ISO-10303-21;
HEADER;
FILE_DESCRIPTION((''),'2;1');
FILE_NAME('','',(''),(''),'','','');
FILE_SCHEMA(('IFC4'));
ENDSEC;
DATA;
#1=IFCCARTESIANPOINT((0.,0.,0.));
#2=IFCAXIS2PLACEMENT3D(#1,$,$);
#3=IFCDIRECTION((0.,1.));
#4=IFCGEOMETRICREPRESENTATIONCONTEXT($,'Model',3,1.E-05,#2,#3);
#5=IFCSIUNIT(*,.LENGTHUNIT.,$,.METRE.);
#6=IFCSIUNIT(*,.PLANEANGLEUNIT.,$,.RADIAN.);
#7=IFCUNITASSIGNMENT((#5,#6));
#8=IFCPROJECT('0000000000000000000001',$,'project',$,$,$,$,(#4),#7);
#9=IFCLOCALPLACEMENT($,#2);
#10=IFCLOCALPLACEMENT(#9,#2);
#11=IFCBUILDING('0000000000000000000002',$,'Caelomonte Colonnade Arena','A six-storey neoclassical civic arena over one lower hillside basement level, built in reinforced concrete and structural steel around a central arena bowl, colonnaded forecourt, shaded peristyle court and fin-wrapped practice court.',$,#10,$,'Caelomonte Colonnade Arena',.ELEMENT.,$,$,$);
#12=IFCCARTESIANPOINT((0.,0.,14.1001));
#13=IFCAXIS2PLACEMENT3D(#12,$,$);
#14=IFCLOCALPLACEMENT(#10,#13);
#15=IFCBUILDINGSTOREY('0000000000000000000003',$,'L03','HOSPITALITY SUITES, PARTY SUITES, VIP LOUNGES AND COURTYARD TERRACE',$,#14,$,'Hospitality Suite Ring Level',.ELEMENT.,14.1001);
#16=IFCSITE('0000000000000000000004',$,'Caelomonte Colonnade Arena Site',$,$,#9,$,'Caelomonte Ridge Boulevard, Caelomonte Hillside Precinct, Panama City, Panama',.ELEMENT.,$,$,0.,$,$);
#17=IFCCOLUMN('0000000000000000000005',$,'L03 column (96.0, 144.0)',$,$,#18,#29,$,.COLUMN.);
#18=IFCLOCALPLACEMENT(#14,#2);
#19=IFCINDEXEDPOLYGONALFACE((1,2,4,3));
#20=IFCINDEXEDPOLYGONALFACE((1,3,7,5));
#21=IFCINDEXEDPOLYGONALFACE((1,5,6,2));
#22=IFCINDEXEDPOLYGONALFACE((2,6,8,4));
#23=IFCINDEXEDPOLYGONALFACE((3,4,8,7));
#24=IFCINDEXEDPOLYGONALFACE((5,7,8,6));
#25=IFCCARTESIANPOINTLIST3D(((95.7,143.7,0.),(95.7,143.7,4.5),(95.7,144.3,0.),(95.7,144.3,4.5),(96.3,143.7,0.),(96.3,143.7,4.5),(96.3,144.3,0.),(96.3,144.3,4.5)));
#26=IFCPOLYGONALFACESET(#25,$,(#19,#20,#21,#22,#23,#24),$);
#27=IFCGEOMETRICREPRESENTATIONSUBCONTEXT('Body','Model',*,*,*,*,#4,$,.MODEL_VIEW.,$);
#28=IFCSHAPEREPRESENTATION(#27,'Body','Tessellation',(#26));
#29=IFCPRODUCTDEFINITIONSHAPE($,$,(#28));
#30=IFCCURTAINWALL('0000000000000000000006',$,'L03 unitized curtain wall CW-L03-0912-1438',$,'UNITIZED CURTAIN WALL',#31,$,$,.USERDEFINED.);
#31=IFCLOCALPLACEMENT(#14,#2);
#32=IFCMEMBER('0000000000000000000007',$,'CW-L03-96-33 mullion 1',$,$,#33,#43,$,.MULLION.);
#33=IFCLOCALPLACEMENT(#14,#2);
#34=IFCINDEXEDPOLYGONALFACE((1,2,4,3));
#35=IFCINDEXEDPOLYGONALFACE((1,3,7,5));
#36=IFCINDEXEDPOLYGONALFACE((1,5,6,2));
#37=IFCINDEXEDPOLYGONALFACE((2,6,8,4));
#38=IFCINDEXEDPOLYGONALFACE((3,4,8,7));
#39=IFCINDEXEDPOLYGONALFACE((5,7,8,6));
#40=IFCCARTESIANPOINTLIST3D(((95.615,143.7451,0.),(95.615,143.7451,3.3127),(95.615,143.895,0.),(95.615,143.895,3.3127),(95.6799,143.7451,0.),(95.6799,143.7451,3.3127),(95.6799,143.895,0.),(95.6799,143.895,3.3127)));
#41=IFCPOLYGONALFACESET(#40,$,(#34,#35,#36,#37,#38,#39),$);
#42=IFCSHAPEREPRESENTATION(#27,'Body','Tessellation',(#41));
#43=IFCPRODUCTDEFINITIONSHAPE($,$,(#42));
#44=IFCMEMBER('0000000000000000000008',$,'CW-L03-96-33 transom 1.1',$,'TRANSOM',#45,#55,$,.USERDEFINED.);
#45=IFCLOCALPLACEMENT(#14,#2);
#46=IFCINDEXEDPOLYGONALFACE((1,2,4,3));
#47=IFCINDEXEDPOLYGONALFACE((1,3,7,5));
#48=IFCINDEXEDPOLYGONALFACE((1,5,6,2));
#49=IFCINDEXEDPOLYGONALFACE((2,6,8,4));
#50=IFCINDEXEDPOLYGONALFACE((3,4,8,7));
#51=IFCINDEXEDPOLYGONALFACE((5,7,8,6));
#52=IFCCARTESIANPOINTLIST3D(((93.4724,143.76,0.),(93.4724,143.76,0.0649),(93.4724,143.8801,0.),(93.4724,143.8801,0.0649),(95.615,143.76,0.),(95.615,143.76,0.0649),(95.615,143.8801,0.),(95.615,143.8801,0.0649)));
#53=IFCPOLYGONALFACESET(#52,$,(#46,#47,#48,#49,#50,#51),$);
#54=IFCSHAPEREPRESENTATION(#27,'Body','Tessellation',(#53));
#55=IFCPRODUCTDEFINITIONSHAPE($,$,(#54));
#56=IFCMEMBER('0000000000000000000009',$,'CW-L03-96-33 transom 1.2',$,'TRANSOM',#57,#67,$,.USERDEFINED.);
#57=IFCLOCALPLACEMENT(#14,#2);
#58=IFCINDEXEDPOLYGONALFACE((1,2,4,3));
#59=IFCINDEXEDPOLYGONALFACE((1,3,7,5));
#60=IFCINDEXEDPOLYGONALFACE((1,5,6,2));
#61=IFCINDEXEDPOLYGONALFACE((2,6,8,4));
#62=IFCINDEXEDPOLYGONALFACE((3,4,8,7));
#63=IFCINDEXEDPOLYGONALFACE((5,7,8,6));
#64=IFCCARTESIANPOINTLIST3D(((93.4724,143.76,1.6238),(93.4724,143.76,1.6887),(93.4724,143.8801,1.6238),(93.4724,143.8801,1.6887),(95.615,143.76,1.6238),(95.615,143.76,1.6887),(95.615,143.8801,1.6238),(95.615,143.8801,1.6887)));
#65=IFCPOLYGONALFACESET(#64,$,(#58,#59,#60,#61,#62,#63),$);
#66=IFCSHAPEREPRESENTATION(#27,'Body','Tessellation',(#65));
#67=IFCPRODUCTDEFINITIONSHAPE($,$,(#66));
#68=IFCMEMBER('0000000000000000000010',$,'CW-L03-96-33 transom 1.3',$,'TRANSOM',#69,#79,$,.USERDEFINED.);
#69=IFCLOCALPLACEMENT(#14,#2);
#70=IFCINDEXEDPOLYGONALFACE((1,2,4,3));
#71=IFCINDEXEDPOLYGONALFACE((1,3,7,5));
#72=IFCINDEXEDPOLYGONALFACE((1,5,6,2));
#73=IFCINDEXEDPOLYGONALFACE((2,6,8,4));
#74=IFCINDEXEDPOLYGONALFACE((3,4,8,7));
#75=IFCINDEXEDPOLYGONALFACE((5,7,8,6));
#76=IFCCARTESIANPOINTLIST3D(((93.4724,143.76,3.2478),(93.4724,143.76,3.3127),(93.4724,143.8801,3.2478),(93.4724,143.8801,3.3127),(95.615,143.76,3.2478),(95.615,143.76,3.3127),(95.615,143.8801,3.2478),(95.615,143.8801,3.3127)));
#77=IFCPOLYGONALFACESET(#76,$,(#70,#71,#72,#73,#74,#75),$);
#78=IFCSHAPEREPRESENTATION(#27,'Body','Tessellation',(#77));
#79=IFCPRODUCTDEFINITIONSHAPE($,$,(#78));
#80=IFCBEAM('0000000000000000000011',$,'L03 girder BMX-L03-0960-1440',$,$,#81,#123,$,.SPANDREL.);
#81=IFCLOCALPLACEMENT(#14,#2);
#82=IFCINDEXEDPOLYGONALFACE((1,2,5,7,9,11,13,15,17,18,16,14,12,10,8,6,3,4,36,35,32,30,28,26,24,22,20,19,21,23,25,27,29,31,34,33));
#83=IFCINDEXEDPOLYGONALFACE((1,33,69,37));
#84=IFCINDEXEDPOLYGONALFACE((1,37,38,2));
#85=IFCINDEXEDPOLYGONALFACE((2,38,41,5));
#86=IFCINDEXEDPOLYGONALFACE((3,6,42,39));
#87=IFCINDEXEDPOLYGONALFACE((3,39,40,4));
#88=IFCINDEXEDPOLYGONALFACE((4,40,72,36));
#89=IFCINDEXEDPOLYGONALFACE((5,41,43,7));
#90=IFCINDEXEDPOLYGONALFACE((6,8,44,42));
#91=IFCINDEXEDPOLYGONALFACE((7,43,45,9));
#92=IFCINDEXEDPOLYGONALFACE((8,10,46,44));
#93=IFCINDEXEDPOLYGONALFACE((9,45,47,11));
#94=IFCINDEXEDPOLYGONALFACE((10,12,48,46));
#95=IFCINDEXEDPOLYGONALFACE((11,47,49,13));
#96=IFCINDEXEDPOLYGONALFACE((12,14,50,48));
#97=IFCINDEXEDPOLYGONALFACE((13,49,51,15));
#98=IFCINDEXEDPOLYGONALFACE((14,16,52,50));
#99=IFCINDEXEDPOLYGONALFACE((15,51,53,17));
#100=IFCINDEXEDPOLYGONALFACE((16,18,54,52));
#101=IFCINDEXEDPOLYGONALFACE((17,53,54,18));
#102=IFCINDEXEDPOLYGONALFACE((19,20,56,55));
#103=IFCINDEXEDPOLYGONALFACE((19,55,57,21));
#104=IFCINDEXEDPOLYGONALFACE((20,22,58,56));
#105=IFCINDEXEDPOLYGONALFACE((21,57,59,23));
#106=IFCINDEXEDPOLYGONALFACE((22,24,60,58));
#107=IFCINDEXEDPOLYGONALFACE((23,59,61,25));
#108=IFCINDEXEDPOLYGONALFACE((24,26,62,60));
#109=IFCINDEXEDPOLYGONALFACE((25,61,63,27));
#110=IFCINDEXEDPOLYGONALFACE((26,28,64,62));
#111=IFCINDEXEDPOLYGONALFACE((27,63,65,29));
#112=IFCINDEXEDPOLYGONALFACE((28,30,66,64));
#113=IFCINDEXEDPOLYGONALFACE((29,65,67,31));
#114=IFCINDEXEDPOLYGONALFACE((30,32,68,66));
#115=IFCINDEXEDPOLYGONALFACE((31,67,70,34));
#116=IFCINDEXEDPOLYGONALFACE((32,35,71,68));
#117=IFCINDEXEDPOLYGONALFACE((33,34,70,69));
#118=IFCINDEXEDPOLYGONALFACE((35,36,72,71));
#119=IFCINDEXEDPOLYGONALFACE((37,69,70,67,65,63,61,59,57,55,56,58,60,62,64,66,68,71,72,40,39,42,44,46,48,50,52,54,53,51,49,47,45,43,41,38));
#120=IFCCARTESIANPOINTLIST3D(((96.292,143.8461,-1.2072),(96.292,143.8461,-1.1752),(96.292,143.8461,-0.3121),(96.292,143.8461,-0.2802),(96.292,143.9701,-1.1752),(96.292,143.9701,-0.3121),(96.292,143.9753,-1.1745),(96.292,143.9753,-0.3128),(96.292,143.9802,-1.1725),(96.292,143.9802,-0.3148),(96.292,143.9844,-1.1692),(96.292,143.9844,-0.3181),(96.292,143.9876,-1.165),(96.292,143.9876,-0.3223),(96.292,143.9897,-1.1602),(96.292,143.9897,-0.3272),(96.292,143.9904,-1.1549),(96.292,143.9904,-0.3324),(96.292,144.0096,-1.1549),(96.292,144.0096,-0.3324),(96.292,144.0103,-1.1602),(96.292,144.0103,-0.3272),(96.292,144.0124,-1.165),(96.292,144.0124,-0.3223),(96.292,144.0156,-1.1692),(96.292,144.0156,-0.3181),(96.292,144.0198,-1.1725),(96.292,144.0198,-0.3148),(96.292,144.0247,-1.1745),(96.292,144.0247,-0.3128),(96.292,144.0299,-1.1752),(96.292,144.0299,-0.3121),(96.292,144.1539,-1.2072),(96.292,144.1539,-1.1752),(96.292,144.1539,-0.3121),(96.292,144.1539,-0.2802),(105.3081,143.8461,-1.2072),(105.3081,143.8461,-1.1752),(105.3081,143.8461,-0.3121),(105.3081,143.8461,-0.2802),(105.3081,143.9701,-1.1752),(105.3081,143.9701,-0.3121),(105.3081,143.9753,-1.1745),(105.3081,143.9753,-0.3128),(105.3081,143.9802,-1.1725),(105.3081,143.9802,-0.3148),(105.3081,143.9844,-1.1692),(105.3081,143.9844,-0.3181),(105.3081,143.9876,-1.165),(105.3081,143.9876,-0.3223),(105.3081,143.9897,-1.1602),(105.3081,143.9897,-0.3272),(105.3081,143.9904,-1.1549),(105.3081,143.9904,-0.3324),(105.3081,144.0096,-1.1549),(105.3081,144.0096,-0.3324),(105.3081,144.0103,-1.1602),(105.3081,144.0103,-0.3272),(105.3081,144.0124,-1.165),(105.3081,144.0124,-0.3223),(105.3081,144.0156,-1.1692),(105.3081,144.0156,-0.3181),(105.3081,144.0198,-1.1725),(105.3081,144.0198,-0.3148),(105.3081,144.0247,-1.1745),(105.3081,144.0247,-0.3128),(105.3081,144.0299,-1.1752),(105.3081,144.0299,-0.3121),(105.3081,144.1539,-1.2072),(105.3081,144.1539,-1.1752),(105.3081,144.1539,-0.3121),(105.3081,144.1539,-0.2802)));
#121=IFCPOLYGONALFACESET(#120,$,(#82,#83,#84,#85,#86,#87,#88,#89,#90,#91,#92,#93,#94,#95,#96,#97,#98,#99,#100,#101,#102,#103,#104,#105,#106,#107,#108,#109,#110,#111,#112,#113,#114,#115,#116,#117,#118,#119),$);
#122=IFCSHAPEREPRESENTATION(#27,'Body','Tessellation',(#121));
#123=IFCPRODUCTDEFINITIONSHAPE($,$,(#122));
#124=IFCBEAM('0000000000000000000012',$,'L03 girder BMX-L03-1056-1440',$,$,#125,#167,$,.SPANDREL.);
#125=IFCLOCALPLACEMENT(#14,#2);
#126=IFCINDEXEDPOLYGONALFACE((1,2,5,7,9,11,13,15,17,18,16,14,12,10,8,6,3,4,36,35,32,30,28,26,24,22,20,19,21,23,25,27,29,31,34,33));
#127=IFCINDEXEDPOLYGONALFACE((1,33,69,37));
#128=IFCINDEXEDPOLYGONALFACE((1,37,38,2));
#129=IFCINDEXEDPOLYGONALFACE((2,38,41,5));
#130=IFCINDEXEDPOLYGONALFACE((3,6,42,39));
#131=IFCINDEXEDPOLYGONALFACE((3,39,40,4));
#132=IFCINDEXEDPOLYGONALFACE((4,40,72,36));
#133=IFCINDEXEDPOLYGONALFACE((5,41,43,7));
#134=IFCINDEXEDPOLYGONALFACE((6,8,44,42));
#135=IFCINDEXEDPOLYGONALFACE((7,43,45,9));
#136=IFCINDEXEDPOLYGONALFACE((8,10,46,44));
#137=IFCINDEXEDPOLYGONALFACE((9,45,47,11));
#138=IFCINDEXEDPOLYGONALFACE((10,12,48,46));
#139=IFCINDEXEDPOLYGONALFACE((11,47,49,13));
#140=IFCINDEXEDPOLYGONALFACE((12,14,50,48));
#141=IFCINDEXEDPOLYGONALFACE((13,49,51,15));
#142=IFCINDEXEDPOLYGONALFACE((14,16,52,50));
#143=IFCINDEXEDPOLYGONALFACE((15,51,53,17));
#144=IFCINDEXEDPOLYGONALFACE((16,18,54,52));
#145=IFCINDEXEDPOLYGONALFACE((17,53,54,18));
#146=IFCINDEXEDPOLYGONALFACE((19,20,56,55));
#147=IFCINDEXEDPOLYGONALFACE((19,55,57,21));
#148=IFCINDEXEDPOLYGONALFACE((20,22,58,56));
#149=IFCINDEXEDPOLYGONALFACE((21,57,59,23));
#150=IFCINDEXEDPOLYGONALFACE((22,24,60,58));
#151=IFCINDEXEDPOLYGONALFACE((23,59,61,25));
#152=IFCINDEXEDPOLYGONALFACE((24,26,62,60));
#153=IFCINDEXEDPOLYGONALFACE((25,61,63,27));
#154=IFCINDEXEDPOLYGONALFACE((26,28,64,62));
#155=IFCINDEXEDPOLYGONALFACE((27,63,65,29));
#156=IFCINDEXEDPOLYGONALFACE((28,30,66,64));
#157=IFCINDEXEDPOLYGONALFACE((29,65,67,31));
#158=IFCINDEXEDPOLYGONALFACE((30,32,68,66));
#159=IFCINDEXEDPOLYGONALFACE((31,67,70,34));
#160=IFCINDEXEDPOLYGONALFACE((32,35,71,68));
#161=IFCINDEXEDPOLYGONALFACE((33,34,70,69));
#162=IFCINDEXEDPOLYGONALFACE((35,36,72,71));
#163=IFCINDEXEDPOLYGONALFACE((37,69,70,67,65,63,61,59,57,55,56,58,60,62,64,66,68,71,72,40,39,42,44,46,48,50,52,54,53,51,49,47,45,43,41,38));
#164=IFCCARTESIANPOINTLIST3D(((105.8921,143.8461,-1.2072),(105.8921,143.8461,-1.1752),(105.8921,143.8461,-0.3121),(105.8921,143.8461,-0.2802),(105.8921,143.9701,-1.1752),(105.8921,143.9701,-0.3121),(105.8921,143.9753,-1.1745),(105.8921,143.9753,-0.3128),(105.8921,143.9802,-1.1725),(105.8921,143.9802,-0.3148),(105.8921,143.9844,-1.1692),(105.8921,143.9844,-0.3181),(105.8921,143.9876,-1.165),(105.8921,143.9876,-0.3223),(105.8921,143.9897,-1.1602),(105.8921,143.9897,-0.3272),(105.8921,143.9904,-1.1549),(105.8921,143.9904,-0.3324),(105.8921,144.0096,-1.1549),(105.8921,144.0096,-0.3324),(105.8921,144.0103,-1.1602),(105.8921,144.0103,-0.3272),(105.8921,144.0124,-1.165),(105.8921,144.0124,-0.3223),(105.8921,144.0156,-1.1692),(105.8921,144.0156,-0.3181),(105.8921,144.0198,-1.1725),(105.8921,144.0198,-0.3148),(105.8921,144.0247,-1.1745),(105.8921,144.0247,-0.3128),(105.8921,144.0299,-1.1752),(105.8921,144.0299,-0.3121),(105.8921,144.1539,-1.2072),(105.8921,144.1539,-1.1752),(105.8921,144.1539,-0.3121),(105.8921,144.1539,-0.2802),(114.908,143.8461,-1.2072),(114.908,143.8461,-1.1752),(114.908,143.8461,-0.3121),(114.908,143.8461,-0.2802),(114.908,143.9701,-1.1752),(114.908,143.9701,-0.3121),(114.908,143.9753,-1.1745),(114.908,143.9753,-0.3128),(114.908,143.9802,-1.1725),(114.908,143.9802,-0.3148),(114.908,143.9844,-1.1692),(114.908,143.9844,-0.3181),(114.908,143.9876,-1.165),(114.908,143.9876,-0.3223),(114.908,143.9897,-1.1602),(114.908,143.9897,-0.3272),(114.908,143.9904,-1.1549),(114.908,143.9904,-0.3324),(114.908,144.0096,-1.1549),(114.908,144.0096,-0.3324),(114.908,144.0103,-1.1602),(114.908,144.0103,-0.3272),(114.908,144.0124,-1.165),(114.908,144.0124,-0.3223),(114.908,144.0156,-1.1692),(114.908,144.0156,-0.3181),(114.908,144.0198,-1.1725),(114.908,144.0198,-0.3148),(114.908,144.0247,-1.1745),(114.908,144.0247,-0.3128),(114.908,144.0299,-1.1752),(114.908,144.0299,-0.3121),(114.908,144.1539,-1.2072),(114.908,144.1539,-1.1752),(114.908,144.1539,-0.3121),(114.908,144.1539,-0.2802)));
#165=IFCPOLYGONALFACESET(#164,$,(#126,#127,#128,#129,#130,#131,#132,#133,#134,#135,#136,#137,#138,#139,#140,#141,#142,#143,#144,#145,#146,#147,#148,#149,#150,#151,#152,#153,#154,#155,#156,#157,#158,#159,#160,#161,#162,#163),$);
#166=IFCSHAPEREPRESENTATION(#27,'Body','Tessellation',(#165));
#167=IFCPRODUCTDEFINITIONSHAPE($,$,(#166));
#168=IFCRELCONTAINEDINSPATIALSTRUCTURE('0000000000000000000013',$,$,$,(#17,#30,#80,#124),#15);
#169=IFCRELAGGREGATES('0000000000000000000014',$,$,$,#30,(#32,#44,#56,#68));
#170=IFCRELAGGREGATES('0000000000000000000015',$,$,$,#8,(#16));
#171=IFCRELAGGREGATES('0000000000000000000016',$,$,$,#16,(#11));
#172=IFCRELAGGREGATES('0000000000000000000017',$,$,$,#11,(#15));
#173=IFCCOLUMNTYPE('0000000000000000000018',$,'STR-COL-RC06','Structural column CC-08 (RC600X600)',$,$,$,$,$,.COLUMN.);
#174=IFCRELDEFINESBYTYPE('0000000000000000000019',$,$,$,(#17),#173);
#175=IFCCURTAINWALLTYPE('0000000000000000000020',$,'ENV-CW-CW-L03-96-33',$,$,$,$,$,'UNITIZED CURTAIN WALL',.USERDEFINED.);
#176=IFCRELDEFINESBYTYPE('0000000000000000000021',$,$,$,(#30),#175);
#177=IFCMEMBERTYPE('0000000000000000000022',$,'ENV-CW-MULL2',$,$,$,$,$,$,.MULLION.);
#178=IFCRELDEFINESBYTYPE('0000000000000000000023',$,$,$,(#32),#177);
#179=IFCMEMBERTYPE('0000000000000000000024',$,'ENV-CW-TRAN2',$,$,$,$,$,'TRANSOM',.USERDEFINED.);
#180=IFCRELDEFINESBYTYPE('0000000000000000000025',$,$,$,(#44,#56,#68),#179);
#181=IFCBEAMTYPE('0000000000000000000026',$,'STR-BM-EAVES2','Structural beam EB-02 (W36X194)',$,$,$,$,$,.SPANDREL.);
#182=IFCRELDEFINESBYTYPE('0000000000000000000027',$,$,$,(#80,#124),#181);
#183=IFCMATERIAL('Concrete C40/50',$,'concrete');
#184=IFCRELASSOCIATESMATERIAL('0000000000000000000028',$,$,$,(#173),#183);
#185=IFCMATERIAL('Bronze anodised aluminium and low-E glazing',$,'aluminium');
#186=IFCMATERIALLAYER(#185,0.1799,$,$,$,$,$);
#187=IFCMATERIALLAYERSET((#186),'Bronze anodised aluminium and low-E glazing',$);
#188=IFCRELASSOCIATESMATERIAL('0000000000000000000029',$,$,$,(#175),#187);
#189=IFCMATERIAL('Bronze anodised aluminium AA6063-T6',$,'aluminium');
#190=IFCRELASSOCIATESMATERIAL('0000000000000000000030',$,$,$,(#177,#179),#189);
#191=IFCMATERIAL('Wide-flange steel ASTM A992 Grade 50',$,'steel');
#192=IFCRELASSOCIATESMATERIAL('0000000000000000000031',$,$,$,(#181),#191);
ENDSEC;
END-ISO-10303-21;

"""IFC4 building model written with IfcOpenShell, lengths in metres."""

from ifc_helpers import new_model, si_unit, direction, frame, origin, origin_2d, place, context, subcontext, project, spatial, rectangle, i_section, extrude, material, layer, layer_set, material_profile, profile_set, type_object, element, aggregate, save


model = new_model("IFC4")

# Units and contexts
model_context = context("Model", 3, precision=1e-05, world=origin(), true_north=direction((0.0, 1.0)))
body_context = subcontext(model_context, "Body", "Model", "MODEL_VIEW")
ifc_project = project(units=[si_unit("LENGTHUNIT", "METRE"), si_unit("PLANEANGLEUNIT", "RADIAN")], contexts=[model_context])

# Site, building, storey
site_placement = place(None, origin())
site = spatial("IfcSite", under=ifc_project, at=site_placement, Name="Caelomonte Colonnade Arena Site", LongName="Caelomonte Ridge Boulevard, Caelomonte Hillside Precinct, Panama City, Panama", CompositionType="ELEMENT", RefElevation=0.0)
building_placement = place(site_placement, origin())
building = spatial("IfcBuilding", under=site, at=building_placement, Name="Caelomonte Colonnade Arena", Description="A six-storey neoclassical civic arena over one lower hillside basement level, built in reinforced concrete and structural steel around a central arena bowl, colonnaded forecourt, shaded peristyle court and fin-wrapped practice court.", LongName="Caelomonte Colonnade Arena", CompositionType="ELEMENT")
storey_placement = place(building_placement, frame((0.0, 0.0, 14.1001)))
storey = spatial("IfcBuildingStorey", under=building, at=storey_placement, Name="L03", Description="HOSPITALITY SUITES, PARTY SUITES, VIP LOUNGES AND COURTYARD TERRACE", LongName="Hospitality Suite Ring Level", CompositionType="ELEMENT", Elevation=14.1001)

# Column
ifc_material_1 = material(Name="Concrete C40/50", Category="concrete")
ifc_material_profile_1 = material_profile(ifc_material_1, rectangle(XDim=0.6001, YDim=0.6001, at=origin_2d()), Name="RC600X600")
ifc_profile_set_1 = profile_set([ifc_material_profile_1], Name="Concrete C40/50")
column_type = type_object("IfcColumnType", Name="STR-COL-RC06", Description="Structural column CC-08 (RC600X600)", PredefinedType="COLUMN", material=ifc_profile_set_1)
column_placement = place(storey_placement, frame((96.0, 144.0, 0.0), z_axis=(0.0, 0.0, 1.0), x_axis=(1.0, 0.0, 0.0)))
element("IfcColumn", 1, at=column_placement, inside=storey, type_object=column_type, Name="L03 column (96.0, 144.0)", PredefinedType="COLUMN", context=body_context, shape_type="SweptSolid", body=[
    extrude(rectangle(XDim=0.6001, YDim=0.6001, at=origin_2d()), origin(), (0.0, 0.0, 1.0), 4.5),
])

# Curtain wall, members
ifc_material_2 = material(Name="Bronze anodised aluminium and low-E glazing", Category="aluminium")
ifc_layer = layer(ifc_material_2, 0.1799)
ifc_layer_set = layer_set([ifc_layer], Name="Bronze anodised aluminium and low-E glazing")
curtain_wall_type = type_object("IfcCurtainWallType", Name="ENV-CW-CW-L03-96-33", ElementType="UNITIZED CURTAIN WALL", PredefinedType="USERDEFINED", material=ifc_layer_set)
curtain_wall_placement = place(storey_placement, origin())
curtain_wall = element("IfcCurtainWall", 2, at=curtain_wall_placement, inside=storey, type_object=curtain_wall_type, Name="L03 unitized curtain wall CW-L03-0912-1438", ObjectType="UNITIZED CURTAIN WALL", PredefinedType="USERDEFINED")
ifc_material_3 = material(Name="Bronze anodised aluminium AA6063-T6", Category="aluminium")
ifc_material_profile_2 = material_profile(ifc_material_3, rectangle(XDim=0.0649, YDim=0.1499, at=origin_2d()), Name="CWM-65X150")
ifc_profile_set_2 = profile_set([ifc_material_profile_2], Name="Bronze anodised aluminium AA6063-T6")
member_type_1 = type_object("IfcMemberType", Name="ENV-CW-MULL2", PredefinedType="MULLION", material=ifc_profile_set_2)
member_1_placement = place(storey_placement, frame((95.6475, 143.8201, 0.0), z_axis=(0.0, 0.0, 1.0), x_axis=(-1.0, 0.0, 0.0)))
member_1 = element("IfcMember", 3, at=member_1_placement, type_object=member_type_1, Name="CW-L03-96-33 mullion 1", PredefinedType="MULLION", context=body_context, shape_type="SweptSolid", body=[
    extrude(rectangle(XDim=0.0649, YDim=0.1499, at=origin_2d()), origin(), (0.0, 0.0, 1.0), 3.3127),
])
ifc_material_profile_3 = material_profile(ifc_material_3, rectangle(XDim=0.0649, YDim=0.1201, at=origin_2d()), Name="CWT-65X120")
ifc_profile_set_3 = profile_set([ifc_material_profile_3], Name="Bronze anodised aluminium AA6063-T6")
member_type_2 = type_object("IfcMemberType", Name="ENV-CW-TRAN2", ElementType="TRANSOM", PredefinedType="USERDEFINED", material=ifc_profile_set_3)
member_2_placement = place(storey_placement, frame((95.615, 143.8201, 0.0325), z_axis=(-1.0, 0.0, 0.0), x_axis=(0.0, 0.0, 1.0)))
member_2 = element("IfcMember", 4, at=member_2_placement, type_object=member_type_2, Name="CW-L03-96-33 transom 1.1", ObjectType="TRANSOM", PredefinedType="USERDEFINED", context=body_context, shape_type="SweptSolid", body=[
    extrude(rectangle(XDim=0.0649, YDim=0.1201, at=origin_2d()), origin(), (0.0, 0.0, 1.0), 2.1426),
])
member_3_placement = place(storey_placement, frame((95.615, 143.8201, 1.6562), z_axis=(-1.0, 0.0, 0.0), x_axis=(0.0, 0.0, 1.0)))
member_3 = element("IfcMember", 5, at=member_3_placement, type_object=member_type_2, Name="CW-L03-96-33 transom 1.2", ObjectType="TRANSOM", PredefinedType="USERDEFINED", context=body_context, shape_type="SweptSolid", body=[
    extrude(rectangle(XDim=0.0649, YDim=0.1201, at=origin_2d()), origin(), (0.0, 0.0, 1.0), 2.1426),
])
member_4_placement = place(storey_placement, frame((95.615, 143.8201, 3.2803), z_axis=(-1.0, 0.0, 0.0), x_axis=(0.0, 0.0, 1.0)))
member_4 = element("IfcMember", 6, at=member_4_placement, type_object=member_type_2, Name="CW-L03-96-33 transom 1.3", ObjectType="TRANSOM", PredefinedType="USERDEFINED", context=body_context, shape_type="SweptSolid", body=[
    extrude(rectangle(XDim=0.0649, YDim=0.1201, at=origin_2d()), origin(), (0.0, 0.0, 1.0), 2.1426),
])
aggregate(curtain_wall, [member_1, member_2, member_3, member_4])

# Beams
ifc_material_4 = material(Name="Wide-flange steel ASTM A992 Grade 50", Category="steel")
ifc_material_profile_4 = material_profile(ifc_material_4, i_section(OverallWidth=0.3079, OverallDepth=0.927, WebThickness=0.0193, FlangeThickness=0.032, FilletRadius=0.0203, at=origin_2d()), Name="W36X194")
ifc_profile_set_4 = profile_set([ifc_material_profile_4], Name="Wide-flange steel ASTM A992 Grade 50")
beam_type_1 = type_object("IfcBeamType", Name="STR-BM-EAVES2", Description="Structural beam EB-02 (W36X194)", PredefinedType="SPANDREL", material=ifc_profile_set_4)
beam_1_placement = place(storey_placement, frame((96.292, 144.0, -0.7437), z_axis=(1.0, 0.0, 0.0), x_axis=(0.0, 1.0, 0.0)))
element("IfcBeam", 7, at=beam_1_placement, inside=storey, type_object=beam_type_1, Name="L03 girder BMX-L03-0960-1440", PredefinedType="SPANDREL", context=body_context, shape_type="SweptSolid", body=[
    extrude(i_section(OverallWidth=0.3079, OverallDepth=0.927, WebThickness=0.0193, FlangeThickness=0.032, FilletRadius=0.0203, at=origin_2d()), origin(), (0.0, 0.0, 1.0), 9.0161),
])
beam_2_placement = place(storey_placement, frame((105.8921, 144.0, -0.7437), z_axis=(1.0, 0.0, 0.0), x_axis=(0.0, 1.0, 0.0)))
element("IfcBeam", 8, at=beam_2_placement, inside=storey, type_object=beam_type_1, Name="L03 girder BMX-L03-1056-1440", PredefinedType="SPANDREL", context=body_context, shape_type="SweptSolid", body=[
    extrude(i_section(OverallWidth=0.3079, OverallDepth=0.927, WebThickness=0.0193, FlangeThickness=0.032, FilletRadius=0.0203, at=origin_2d()), origin(), (0.0, 0.0, 1.0), 9.0159),
])

save(model, "model.ifc")
